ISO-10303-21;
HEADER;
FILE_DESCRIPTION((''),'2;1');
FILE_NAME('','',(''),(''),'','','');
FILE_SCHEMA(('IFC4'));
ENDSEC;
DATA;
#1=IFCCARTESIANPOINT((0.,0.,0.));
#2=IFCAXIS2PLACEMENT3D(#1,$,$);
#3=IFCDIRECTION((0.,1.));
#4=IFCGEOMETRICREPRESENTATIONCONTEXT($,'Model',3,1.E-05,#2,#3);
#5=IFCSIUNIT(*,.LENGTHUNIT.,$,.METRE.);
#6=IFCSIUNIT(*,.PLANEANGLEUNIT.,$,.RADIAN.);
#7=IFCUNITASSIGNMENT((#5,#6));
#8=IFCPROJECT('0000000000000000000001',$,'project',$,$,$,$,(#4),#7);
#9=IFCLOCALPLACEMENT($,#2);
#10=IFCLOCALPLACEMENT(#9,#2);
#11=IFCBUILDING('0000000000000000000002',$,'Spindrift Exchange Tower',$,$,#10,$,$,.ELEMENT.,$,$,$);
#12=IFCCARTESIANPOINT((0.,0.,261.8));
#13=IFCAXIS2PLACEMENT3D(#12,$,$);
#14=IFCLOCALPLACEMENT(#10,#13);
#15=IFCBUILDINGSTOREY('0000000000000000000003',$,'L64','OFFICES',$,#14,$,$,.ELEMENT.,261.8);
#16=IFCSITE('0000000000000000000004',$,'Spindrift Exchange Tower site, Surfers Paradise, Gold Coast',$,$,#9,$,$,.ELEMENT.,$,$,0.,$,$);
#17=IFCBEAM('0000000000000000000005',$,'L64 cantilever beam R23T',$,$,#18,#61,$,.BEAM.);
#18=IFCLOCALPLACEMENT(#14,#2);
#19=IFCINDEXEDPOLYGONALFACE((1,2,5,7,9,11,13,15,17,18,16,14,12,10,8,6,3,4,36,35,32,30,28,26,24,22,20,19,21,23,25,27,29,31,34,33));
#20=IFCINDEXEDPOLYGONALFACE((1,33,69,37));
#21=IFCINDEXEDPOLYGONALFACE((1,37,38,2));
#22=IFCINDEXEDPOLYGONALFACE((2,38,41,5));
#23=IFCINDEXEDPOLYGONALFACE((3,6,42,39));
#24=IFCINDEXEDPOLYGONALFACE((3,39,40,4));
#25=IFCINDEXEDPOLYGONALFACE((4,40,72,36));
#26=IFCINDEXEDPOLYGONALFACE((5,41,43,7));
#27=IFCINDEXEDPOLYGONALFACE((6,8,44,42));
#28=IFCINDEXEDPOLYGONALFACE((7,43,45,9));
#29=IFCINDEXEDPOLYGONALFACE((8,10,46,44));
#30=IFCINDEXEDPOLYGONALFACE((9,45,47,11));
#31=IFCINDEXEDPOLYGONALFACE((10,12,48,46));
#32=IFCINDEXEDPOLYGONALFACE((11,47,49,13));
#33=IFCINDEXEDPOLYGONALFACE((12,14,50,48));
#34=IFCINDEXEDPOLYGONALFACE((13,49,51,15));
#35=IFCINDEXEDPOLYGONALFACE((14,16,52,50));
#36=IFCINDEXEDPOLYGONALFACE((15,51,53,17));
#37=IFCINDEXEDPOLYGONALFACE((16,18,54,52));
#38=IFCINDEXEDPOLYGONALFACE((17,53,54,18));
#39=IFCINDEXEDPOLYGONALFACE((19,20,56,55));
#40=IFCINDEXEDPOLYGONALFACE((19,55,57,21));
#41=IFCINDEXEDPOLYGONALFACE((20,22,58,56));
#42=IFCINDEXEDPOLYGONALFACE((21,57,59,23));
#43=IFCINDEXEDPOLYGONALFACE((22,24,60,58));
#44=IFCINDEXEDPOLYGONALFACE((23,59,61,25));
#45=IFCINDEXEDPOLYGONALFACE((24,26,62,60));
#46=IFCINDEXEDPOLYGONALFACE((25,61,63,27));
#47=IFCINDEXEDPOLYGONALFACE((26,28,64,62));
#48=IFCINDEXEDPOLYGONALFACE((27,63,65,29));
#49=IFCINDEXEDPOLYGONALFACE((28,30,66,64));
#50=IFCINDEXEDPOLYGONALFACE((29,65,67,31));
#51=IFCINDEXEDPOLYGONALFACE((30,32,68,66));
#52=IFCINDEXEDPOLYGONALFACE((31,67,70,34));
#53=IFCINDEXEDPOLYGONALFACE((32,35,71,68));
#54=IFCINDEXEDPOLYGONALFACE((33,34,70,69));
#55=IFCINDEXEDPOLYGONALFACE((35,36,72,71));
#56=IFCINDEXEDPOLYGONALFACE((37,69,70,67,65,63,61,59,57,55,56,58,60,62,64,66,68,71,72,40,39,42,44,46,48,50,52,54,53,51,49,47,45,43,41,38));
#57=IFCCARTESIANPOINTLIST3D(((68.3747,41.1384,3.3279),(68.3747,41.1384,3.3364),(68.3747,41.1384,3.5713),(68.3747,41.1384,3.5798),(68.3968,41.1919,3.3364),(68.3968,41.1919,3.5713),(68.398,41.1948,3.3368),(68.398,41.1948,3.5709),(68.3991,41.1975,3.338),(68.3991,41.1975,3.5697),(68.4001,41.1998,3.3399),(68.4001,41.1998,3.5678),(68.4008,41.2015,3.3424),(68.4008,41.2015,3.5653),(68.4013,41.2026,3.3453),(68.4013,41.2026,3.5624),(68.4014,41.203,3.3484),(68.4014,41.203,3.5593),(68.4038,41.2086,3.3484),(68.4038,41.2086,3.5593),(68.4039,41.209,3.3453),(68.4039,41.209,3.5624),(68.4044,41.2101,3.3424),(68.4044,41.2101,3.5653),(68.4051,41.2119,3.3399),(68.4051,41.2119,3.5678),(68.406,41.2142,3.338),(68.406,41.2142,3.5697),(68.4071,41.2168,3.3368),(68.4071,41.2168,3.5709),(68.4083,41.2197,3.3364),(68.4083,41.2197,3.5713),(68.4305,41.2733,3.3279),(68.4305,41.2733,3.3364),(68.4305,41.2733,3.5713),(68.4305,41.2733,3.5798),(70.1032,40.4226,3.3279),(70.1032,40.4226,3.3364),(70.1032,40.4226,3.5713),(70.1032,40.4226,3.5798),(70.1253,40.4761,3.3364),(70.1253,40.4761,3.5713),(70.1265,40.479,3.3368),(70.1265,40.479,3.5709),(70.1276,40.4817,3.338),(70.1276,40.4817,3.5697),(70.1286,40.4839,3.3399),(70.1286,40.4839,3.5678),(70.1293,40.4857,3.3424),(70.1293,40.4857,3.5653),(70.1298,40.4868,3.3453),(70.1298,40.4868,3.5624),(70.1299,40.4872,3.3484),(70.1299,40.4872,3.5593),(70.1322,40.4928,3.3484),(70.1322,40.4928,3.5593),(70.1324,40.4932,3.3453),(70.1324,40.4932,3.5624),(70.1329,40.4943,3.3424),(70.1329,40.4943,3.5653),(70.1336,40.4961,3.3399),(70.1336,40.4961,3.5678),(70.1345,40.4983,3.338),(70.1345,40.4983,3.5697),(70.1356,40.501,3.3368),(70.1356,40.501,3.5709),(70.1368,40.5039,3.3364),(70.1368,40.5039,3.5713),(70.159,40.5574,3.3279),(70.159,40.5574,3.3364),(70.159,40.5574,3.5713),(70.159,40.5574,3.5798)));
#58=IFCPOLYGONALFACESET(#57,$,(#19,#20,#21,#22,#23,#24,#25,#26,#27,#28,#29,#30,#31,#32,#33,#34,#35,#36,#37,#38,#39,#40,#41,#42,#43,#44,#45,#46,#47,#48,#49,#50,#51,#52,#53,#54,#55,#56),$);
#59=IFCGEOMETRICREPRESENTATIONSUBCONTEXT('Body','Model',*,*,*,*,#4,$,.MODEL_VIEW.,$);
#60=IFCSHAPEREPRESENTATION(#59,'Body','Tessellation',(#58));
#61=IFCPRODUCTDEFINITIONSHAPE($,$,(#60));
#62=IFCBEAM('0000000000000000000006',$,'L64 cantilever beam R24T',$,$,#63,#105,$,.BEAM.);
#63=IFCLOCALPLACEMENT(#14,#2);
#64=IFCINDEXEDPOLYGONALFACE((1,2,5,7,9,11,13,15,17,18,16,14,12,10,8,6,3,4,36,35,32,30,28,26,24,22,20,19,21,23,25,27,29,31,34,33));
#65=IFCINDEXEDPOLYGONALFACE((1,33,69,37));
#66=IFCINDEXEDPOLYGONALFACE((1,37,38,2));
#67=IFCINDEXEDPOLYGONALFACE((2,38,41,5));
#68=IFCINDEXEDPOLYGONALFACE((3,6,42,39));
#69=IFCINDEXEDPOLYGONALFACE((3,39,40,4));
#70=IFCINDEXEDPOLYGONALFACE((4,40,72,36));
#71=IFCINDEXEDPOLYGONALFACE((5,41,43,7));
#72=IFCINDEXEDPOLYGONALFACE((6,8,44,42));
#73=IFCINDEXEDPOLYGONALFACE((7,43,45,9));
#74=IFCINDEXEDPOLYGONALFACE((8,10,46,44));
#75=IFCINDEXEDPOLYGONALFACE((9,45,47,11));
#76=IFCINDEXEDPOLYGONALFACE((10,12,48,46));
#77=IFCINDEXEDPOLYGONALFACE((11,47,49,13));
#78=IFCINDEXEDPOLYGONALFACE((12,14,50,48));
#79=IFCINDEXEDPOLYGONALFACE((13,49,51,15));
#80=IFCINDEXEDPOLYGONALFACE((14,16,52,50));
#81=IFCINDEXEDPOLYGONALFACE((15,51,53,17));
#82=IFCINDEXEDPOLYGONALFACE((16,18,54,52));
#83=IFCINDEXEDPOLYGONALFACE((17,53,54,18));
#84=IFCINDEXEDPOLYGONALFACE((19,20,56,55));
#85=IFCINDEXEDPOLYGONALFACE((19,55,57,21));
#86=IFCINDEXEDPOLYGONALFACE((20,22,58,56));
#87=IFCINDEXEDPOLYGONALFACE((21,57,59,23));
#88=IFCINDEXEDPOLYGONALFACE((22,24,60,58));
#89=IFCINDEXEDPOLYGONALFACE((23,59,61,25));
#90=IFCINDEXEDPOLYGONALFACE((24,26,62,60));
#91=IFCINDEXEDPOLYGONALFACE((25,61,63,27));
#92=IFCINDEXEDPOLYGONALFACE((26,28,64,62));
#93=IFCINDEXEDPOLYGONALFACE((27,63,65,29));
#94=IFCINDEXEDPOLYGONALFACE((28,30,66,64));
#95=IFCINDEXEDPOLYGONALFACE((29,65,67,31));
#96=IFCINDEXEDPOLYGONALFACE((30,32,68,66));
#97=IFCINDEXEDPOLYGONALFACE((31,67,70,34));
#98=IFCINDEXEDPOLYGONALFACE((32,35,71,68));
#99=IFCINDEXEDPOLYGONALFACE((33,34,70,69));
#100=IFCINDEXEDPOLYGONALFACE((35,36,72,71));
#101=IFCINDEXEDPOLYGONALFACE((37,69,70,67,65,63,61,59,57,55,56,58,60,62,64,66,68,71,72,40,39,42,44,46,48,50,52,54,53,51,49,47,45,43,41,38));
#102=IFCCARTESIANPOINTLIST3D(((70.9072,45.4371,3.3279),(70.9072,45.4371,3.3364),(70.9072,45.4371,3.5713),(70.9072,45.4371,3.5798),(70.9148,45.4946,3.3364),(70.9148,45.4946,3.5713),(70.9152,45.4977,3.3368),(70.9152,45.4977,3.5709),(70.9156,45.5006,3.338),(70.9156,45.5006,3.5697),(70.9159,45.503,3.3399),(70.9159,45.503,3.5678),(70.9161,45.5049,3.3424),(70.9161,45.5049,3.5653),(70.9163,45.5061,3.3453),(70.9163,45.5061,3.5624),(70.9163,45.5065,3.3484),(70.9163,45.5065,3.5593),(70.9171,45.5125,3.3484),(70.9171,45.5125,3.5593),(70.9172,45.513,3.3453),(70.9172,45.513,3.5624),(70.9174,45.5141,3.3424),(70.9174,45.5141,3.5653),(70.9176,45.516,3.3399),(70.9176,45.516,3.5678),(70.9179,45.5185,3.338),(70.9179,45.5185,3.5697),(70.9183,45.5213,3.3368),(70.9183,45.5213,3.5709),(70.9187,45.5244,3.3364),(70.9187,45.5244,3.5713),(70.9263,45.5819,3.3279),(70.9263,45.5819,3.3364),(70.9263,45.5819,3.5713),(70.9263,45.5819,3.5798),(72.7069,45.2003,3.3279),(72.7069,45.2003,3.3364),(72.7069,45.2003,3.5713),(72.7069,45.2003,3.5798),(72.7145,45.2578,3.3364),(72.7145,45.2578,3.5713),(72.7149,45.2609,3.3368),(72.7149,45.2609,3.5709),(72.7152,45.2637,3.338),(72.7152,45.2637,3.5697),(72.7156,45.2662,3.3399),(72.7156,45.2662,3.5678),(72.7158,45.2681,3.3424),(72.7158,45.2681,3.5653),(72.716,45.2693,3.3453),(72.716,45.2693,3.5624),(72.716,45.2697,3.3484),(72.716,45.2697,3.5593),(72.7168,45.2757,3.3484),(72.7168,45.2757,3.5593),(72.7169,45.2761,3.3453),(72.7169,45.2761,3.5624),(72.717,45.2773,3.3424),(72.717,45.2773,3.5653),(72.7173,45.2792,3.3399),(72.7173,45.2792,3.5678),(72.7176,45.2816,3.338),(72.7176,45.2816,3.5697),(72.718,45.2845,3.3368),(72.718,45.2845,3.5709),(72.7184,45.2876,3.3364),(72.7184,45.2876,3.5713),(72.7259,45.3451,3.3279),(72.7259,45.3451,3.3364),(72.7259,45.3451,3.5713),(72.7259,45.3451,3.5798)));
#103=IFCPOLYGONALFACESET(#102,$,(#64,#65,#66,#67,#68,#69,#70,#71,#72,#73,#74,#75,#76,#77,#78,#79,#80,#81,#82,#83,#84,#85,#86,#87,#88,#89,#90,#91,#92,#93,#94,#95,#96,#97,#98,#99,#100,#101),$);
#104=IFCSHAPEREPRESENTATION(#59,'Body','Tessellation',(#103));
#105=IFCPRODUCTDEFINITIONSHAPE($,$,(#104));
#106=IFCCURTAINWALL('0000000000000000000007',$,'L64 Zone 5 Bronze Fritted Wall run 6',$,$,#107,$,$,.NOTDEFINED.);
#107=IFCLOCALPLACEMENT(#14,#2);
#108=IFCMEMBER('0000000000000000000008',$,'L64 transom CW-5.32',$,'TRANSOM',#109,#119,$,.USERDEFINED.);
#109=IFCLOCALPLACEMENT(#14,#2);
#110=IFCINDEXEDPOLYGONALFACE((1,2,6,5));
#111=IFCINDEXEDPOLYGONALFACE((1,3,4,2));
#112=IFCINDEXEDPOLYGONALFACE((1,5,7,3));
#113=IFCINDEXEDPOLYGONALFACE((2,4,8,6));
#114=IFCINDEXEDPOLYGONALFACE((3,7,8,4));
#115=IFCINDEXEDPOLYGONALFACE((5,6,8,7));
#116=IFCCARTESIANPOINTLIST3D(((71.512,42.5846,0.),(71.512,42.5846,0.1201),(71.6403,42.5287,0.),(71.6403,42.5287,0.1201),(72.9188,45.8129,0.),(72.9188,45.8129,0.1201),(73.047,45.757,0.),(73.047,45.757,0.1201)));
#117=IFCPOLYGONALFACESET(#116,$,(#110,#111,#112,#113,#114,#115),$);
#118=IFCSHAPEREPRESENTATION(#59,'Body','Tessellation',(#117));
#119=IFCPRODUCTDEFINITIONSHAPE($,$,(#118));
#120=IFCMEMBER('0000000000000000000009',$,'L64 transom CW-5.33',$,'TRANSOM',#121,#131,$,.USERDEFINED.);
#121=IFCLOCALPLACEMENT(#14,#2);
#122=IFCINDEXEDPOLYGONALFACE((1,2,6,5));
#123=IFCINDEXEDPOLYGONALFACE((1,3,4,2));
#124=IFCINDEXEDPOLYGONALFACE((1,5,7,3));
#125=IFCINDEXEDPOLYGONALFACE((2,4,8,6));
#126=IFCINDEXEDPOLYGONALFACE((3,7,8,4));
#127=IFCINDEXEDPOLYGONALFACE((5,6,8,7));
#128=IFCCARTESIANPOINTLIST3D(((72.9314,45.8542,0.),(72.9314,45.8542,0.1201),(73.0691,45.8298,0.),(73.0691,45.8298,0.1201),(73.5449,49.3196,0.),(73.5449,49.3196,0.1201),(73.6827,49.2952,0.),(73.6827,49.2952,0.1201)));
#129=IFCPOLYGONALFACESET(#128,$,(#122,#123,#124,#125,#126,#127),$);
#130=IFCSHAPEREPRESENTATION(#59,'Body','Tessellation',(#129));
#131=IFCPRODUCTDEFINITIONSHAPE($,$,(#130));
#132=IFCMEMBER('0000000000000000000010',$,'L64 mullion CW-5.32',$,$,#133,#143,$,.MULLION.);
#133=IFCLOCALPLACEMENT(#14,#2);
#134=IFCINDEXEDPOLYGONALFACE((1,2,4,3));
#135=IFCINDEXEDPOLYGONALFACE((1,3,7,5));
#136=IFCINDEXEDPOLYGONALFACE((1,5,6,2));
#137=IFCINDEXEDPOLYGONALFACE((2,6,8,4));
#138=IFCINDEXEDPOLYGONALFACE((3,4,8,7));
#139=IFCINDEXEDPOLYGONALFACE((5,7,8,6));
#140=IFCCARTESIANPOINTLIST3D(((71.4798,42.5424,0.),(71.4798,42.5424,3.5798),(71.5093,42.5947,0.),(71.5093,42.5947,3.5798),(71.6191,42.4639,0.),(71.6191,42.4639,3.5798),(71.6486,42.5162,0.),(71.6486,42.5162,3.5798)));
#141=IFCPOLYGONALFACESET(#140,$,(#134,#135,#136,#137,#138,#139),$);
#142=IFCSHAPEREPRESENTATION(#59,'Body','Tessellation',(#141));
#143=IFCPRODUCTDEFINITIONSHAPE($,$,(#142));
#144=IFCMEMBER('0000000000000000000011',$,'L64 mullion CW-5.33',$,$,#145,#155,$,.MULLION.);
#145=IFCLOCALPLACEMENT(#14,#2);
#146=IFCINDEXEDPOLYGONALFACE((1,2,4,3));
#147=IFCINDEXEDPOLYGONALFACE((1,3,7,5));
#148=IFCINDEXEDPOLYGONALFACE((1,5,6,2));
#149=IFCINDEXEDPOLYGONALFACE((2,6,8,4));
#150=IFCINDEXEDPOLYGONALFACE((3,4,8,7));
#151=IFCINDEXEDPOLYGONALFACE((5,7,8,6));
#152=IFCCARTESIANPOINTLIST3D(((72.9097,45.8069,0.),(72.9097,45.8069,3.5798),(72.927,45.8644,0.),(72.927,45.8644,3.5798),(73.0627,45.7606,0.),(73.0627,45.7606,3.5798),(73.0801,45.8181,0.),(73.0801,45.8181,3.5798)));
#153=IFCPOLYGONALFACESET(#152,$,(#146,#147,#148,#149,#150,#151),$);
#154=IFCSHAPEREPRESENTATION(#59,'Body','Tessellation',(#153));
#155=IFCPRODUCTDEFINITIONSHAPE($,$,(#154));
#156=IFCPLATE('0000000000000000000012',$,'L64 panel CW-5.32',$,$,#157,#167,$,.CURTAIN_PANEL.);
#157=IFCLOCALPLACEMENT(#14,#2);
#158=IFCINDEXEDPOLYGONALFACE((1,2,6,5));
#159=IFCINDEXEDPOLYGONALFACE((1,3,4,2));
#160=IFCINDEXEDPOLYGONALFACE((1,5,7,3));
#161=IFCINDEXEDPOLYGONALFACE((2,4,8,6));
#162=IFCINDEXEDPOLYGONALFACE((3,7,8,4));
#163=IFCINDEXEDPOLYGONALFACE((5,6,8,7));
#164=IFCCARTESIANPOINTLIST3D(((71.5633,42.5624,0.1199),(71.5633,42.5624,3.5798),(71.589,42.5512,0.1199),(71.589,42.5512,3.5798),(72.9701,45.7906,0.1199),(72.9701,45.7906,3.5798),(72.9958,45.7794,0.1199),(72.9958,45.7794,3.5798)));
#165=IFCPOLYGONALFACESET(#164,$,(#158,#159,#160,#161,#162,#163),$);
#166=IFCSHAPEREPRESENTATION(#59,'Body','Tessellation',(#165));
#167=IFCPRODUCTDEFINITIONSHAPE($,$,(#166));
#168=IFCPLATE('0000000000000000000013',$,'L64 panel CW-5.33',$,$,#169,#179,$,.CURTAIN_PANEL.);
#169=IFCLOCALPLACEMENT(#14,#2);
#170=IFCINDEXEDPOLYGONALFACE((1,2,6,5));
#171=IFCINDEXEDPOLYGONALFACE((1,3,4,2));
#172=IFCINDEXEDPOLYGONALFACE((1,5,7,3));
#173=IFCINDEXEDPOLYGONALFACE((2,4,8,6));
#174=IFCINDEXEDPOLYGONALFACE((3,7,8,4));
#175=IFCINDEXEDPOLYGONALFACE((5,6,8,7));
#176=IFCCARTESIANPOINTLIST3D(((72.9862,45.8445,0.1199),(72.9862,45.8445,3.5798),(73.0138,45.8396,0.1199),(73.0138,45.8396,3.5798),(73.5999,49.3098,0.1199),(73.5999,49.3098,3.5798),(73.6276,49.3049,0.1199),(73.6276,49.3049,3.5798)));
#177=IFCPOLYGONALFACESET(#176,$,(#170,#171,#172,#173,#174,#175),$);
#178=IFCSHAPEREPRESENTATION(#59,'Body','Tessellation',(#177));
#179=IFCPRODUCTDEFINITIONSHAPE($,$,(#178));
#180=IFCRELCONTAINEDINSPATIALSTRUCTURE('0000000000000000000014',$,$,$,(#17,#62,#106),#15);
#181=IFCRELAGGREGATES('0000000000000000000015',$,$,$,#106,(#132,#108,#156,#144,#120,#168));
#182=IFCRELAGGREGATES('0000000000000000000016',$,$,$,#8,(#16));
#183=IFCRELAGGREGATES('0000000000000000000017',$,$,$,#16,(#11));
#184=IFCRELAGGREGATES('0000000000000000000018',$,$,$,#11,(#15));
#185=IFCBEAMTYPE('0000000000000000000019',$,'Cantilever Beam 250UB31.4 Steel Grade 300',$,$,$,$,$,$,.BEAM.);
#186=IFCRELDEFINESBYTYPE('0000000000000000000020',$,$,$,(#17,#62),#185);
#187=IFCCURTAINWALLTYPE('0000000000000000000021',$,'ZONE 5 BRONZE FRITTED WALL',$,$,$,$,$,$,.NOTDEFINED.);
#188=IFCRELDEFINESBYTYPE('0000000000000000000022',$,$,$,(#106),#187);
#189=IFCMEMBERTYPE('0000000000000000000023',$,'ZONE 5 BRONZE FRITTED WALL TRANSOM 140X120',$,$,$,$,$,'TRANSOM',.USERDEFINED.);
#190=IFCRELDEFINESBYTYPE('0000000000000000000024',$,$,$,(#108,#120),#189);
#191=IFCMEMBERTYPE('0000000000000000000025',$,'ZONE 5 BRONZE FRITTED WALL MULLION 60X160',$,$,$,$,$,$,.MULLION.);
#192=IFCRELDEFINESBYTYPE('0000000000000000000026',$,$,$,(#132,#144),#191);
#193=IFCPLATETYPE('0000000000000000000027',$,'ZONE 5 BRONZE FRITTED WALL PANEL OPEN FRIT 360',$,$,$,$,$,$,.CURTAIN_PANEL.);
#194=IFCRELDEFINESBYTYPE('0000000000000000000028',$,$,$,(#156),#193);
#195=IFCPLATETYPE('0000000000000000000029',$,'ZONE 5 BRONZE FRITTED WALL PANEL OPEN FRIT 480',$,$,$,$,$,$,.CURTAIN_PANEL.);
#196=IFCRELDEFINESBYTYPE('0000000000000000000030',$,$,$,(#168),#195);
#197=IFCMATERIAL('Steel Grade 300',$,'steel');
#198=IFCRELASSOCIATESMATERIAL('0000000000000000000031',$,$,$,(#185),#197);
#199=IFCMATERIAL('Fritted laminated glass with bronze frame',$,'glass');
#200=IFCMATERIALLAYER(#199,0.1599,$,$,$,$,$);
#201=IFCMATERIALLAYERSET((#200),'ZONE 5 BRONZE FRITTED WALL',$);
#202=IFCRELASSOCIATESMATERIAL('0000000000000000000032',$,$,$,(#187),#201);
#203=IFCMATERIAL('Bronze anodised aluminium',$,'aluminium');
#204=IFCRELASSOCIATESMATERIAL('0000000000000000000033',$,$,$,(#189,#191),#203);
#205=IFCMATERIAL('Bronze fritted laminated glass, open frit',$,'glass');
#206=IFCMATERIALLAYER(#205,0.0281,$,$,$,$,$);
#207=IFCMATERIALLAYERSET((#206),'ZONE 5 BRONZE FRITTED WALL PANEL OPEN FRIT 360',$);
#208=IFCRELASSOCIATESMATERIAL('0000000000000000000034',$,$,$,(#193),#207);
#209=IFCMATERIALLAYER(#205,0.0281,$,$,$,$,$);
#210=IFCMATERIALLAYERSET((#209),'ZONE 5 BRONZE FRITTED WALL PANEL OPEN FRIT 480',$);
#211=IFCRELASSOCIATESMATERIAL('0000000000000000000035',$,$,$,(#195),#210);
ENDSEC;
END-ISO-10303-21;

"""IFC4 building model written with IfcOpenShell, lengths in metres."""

from ifc_helpers import new_model, si_unit, direction, frame, origin, origin_2d, place, context, subcontext, project, spatial, rectangle, i_section, extrude, source, transform, mapped, material, layer, layer_set, material_profile, profile_set, type_object, element, aggregate, save


model = new_model("IFC4")

# Units and contexts
model_context = context("Model", 3, precision=1e-05, world=origin(), true_north=direction((0.0, 1.0)))
body_context = subcontext(model_context, "Body", "Model", "MODEL_VIEW")
ifc_project = project(units=[si_unit("LENGTHUNIT", "METRE"), si_unit("PLANEANGLEUNIT", "RADIAN")], contexts=[model_context])

# Site, building, storey
site_placement = place(None, origin())
site = spatial("IfcSite", under=ifc_project, at=site_placement, Name="Spindrift Exchange Tower site, Surfers Paradise, Gold Coast", CompositionType="ELEMENT", RefElevation=0.0)
building_placement = place(site_placement, origin())
building = spatial("IfcBuilding", under=site, at=building_placement, Name="Spindrift Exchange Tower", CompositionType="ELEMENT")
storey_placement = place(building_placement, frame((0.0, 0.0, 261.8)))
storey = spatial("IfcBuildingStorey", under=building, at=storey_placement, Name="L64", Description="OFFICES", CompositionType="ELEMENT", Elevation=261.8)

# Beams
ifc_material_1 = material(Name="Steel Grade 300", Category="steel")
ifc_material_profile_1 = material_profile(ifc_material_1, i_section(OverallWidth=0.146, OverallDepth=0.252, WebThickness=0.0061, FlangeThickness=0.0085, FilletRadius=0.012, at=origin_2d()), Name="250UB31.4")
ifc_profile_set_1 = profile_set([ifc_material_profile_1], Name="Steel Grade 300")
beam_type_1 = type_object("IfcBeamType", Name="Cantilever Beam 250UB31.4 Steel Grade 300", PredefinedType="BEAM", material=ifc_profile_set_1)
shared_shape_1 = source(origin(), body_context, "Body", "SweptSolid", [
    extrude(i_section(OverallWidth=0.146, OverallDepth=0.252, WebThickness=0.0061, FlangeThickness=0.0085, FilletRadius=0.012, at=origin_2d()), origin(), (0.0, 0.0, 1.0), 1.8708),
])
beam_1_placement = place(storey_placement, frame((68.4026, 41.2058, 3.4539), z_axis=(0.923909, -0.382613, 0.0), x_axis=(0.382613, 0.923909, 0.0)))
element("IfcBeam", 1, at=beam_1_placement, inside=storey, type_object=beam_type_1, Name="L64 cantilever beam R23T", PredefinedType="BEAM", context=body_context, shape_type="MappedRepresentation", body=[
    mapped(shared_shape_1, transform((0.0, 0.0, 0.0), scale=1.0)),
])
shared_shape_2 = source(origin(), body_context, "Body", "SweptSolid", [
    extrude(i_section(OverallWidth=0.146, OverallDepth=0.252, WebThickness=0.0061, FlangeThickness=0.0085, FilletRadius=0.012, at=origin_2d()), origin(), (0.0, 0.0, 1.0), 1.8152),
])
beam_2_placement = place(storey_placement, frame((70.9167, 45.5095, 3.4539), z_axis=(0.991452, -0.130472, 0.0), x_axis=(0.130472, 0.991452, 0.0)))
element("IfcBeam", 2, at=beam_2_placement, inside=storey, type_object=beam_type_1, Name="L64 cantilever beam R24T", PredefinedType="BEAM", context=body_context, shape_type="MappedRepresentation", body=[
    mapped(shared_shape_2, transform((0.0, 0.0, 0.0), scale=1.0)),
])

# Curtain wall, members, plates
ifc_material_2 = material(Name="Fritted laminated glass with bronze frame", Category="glass")
ifc_layer_1 = layer(ifc_material_2, 0.1599)
ifc_layer_set_1 = layer_set([ifc_layer_1], Name="ZONE 5 BRONZE FRITTED WALL")
curtain_wall_type = type_object("IfcCurtainWallType", Name="ZONE 5 BRONZE FRITTED WALL", PredefinedType="NOTDEFINED", material=ifc_layer_set_1)
curtain_wall_placement = place(storey_placement, origin())
curtain_wall = element("IfcCurtainWall", 3, at=curtain_wall_placement, inside=storey, type_object=curtain_wall_type, Name="L64 Zone 5 Bronze Fritted Wall run 6", PredefinedType="NOTDEFINED")
ifc_material_3 = material(Name="Bronze anodised aluminium", Category="aluminium")
ifc_material_profile_2 = material_profile(ifc_material_3, rectangle(XDim=0.1399, YDim=0.1201, at=origin_2d()), Name="ZONE 5 BRONZE FRITTED WALL TRANSOM 140X120")
ifc_profile_set_2 = profile_set([ifc_material_profile_2], Name="Bronze anodised aluminium")
member_type_1 = type_object("IfcMemberType", Name="ZONE 5 BRONZE FRITTED WALL TRANSOM 140X120", ElementType="TRANSOM", PredefinedType="USERDEFINED", material=ifc_profile_set_2)
shared_shape_3 = source(origin(), body_context, "Body", "SweptSolid", [
    extrude(rectangle(XDim=0.1399, YDim=0.1201, at=origin_2d()), origin(), (0.0, 0.0, 1.0), 3.5215),
])
member_1_placement = place(storey_placement, frame((71.5762, 42.5566, 0.0601), z_axis=(0.399476, 0.916743, 0.0), x_axis=(-0.916743, 0.399476, 0.0)))
member_1 = element("IfcMember", 4, at=member_1_placement, type_object=member_type_1, Name="L64 transom CW-5.32", ObjectType="TRANSOM", PredefinedType="USERDEFINED", context=body_context, shape_type="MappedRepresentation", body=[
    mapped(shared_shape_3, transform((0.0, 0.0, 0.0), scale=1.0)),
])
shared_shape_4 = source(origin(), body_context, "Body", "SweptSolid", [
    extrude(rectangle(XDim=0.1399, YDim=0.1201, at=origin_2d()), origin(), (0.0, 0.0, 1.0), 3.5193),
])
member_2_placement = place(storey_placement, frame((73.0002, 45.842, 0.0601), z_axis=(0.174335, 0.984686, 0.0), x_axis=(-0.984686, 0.174335, 0.0)))
member_2 = element("IfcMember", 5, at=member_2_placement, type_object=member_type_1, Name="L64 transom CW-5.33", ObjectType="TRANSOM", PredefinedType="USERDEFINED", context=body_context, shape_type="MappedRepresentation", body=[
    mapped(shared_shape_4, transform((0.0, 0.0, 0.0), scale=1.0)),
])
ifc_material_profile_3 = material_profile(ifc_material_3, rectangle(XDim=0.0601, YDim=0.1599, at=origin_2d()), Name="ZONE 5 BRONZE FRITTED WALL MULLION 60X160")
ifc_profile_set_3 = profile_set([ifc_material_profile_3], Name="Bronze anodised aluminium")
member_type_2 = type_object("IfcMemberType", Name="ZONE 5 BRONZE FRITTED WALL MULLION 60X160", PredefinedType="MULLION", material=ifc_profile_set_3)
shared_shape_5 = source(origin(), body_context, "Body", "SweptSolid", [
    extrude(rectangle(XDim=0.0601, YDim=0.1599, at=origin_2d()), origin(), (0.0, 0.0, 1.0), 3.5798),
])
member_3_placement = place(storey_placement, frame((71.5642, 42.5293, 0.0), z_axis=(0.0, 0.0, 1.0), x_axis=(0.490645, 0.87136, 0.0)))
member_3 = element("IfcMember", 6, at=member_3_placement, type_object=member_type_2, Name="L64 mullion CW-5.32", PredefinedType="MULLION", context=body_context, shape_type="MappedRepresentation", body=[
    mapped(shared_shape_5, transform((0.0, 0.0, 0.0), scale=1.0)),
])
member_4_placement = place(storey_placement, frame((72.9949, 45.8125, 0.0), z_axis=(0.0, 0.0, 1.0), x_axis=(0.288946, 0.957345, 0.0)))
member_4 = element("IfcMember", 7, at=member_4_placement, type_object=member_type_2, Name="L64 mullion CW-5.33", PredefinedType="MULLION", context=body_context, shape_type="MappedRepresentation", body=[
    mapped(shared_shape_5, transform((0.0, 0.0, 0.0), scale=1.0)),
])
ifc_material_4 = material(Name="Bronze fritted laminated glass, open frit", Category="glass")
ifc_layer_2 = layer(ifc_material_4, 0.0281)
ifc_layer_set_2 = layer_set([ifc_layer_2], Name="ZONE 5 BRONZE FRITTED WALL PANEL OPEN FRIT 360")
plate_type_1 = type_object("IfcPlateType", Name="ZONE 5 BRONZE FRITTED WALL PANEL OPEN FRIT 360", PredefinedType="CURTAIN_PANEL", material=ifc_layer_set_2)
shared_shape_6 = source(origin(), body_context, "Body", "SweptSolid", [
    extrude(rectangle(XDim=3.5215, YDim=0.0281, at=origin_2d()), origin(), (0.0, 0.0, 1.0), 3.46),
])
plate_1_placement = place(storey_placement, frame((72.2795, 44.1709, 0.1199), z_axis=(0.0, 0.0, 1.0), x_axis=(0.399496, 0.916735, 0.0)))
plate_1 = element("IfcPlate", 8, at=plate_1_placement, type_object=plate_type_1, Name="L64 panel CW-5.32", PredefinedType="CURTAIN_PANEL", context=body_context, shape_type="MappedRepresentation", body=[
    mapped(shared_shape_6, transform((0.0, 0.0, 0.0), scale=1.0)),
])
ifc_layer_3 = layer(ifc_material_4, 0.0281)
ifc_layer_set_3 = layer_set([ifc_layer_3], Name="ZONE 5 BRONZE FRITTED WALL PANEL OPEN FRIT 480")
plate_type_2 = type_object("IfcPlateType", Name="ZONE 5 BRONZE FRITTED WALL PANEL OPEN FRIT 480", PredefinedType="CURTAIN_PANEL", material=ifc_layer_set_3)
shared_shape_7 = source(origin(), body_context, "Body", "SweptSolid", [
    extrude(rectangle(XDim=3.5193, YDim=0.0281, at=origin_2d()), origin(), (0.0, 0.0, 1.0), 3.46),
])
plate_2_placement = place(storey_placement, frame((73.3069, 47.5747, 0.1199), z_axis=(0.0, 0.0, 1.0), x_axis=(0.174389, 0.984677, 0.0)))
plate_2 = element("IfcPlate", 9, at=plate_2_placement, type_object=plate_type_2, Name="L64 panel CW-5.33", PredefinedType="CURTAIN_PANEL", context=body_context, shape_type="MappedRepresentation", body=[
    mapped(shared_shape_7, transform((0.0, 0.0, 0.0), scale=1.0)),
])
aggregate(curtain_wall, [member_3, member_1, plate_1, member_4, member_2, plate_2])

save(model, "model.ifc")
